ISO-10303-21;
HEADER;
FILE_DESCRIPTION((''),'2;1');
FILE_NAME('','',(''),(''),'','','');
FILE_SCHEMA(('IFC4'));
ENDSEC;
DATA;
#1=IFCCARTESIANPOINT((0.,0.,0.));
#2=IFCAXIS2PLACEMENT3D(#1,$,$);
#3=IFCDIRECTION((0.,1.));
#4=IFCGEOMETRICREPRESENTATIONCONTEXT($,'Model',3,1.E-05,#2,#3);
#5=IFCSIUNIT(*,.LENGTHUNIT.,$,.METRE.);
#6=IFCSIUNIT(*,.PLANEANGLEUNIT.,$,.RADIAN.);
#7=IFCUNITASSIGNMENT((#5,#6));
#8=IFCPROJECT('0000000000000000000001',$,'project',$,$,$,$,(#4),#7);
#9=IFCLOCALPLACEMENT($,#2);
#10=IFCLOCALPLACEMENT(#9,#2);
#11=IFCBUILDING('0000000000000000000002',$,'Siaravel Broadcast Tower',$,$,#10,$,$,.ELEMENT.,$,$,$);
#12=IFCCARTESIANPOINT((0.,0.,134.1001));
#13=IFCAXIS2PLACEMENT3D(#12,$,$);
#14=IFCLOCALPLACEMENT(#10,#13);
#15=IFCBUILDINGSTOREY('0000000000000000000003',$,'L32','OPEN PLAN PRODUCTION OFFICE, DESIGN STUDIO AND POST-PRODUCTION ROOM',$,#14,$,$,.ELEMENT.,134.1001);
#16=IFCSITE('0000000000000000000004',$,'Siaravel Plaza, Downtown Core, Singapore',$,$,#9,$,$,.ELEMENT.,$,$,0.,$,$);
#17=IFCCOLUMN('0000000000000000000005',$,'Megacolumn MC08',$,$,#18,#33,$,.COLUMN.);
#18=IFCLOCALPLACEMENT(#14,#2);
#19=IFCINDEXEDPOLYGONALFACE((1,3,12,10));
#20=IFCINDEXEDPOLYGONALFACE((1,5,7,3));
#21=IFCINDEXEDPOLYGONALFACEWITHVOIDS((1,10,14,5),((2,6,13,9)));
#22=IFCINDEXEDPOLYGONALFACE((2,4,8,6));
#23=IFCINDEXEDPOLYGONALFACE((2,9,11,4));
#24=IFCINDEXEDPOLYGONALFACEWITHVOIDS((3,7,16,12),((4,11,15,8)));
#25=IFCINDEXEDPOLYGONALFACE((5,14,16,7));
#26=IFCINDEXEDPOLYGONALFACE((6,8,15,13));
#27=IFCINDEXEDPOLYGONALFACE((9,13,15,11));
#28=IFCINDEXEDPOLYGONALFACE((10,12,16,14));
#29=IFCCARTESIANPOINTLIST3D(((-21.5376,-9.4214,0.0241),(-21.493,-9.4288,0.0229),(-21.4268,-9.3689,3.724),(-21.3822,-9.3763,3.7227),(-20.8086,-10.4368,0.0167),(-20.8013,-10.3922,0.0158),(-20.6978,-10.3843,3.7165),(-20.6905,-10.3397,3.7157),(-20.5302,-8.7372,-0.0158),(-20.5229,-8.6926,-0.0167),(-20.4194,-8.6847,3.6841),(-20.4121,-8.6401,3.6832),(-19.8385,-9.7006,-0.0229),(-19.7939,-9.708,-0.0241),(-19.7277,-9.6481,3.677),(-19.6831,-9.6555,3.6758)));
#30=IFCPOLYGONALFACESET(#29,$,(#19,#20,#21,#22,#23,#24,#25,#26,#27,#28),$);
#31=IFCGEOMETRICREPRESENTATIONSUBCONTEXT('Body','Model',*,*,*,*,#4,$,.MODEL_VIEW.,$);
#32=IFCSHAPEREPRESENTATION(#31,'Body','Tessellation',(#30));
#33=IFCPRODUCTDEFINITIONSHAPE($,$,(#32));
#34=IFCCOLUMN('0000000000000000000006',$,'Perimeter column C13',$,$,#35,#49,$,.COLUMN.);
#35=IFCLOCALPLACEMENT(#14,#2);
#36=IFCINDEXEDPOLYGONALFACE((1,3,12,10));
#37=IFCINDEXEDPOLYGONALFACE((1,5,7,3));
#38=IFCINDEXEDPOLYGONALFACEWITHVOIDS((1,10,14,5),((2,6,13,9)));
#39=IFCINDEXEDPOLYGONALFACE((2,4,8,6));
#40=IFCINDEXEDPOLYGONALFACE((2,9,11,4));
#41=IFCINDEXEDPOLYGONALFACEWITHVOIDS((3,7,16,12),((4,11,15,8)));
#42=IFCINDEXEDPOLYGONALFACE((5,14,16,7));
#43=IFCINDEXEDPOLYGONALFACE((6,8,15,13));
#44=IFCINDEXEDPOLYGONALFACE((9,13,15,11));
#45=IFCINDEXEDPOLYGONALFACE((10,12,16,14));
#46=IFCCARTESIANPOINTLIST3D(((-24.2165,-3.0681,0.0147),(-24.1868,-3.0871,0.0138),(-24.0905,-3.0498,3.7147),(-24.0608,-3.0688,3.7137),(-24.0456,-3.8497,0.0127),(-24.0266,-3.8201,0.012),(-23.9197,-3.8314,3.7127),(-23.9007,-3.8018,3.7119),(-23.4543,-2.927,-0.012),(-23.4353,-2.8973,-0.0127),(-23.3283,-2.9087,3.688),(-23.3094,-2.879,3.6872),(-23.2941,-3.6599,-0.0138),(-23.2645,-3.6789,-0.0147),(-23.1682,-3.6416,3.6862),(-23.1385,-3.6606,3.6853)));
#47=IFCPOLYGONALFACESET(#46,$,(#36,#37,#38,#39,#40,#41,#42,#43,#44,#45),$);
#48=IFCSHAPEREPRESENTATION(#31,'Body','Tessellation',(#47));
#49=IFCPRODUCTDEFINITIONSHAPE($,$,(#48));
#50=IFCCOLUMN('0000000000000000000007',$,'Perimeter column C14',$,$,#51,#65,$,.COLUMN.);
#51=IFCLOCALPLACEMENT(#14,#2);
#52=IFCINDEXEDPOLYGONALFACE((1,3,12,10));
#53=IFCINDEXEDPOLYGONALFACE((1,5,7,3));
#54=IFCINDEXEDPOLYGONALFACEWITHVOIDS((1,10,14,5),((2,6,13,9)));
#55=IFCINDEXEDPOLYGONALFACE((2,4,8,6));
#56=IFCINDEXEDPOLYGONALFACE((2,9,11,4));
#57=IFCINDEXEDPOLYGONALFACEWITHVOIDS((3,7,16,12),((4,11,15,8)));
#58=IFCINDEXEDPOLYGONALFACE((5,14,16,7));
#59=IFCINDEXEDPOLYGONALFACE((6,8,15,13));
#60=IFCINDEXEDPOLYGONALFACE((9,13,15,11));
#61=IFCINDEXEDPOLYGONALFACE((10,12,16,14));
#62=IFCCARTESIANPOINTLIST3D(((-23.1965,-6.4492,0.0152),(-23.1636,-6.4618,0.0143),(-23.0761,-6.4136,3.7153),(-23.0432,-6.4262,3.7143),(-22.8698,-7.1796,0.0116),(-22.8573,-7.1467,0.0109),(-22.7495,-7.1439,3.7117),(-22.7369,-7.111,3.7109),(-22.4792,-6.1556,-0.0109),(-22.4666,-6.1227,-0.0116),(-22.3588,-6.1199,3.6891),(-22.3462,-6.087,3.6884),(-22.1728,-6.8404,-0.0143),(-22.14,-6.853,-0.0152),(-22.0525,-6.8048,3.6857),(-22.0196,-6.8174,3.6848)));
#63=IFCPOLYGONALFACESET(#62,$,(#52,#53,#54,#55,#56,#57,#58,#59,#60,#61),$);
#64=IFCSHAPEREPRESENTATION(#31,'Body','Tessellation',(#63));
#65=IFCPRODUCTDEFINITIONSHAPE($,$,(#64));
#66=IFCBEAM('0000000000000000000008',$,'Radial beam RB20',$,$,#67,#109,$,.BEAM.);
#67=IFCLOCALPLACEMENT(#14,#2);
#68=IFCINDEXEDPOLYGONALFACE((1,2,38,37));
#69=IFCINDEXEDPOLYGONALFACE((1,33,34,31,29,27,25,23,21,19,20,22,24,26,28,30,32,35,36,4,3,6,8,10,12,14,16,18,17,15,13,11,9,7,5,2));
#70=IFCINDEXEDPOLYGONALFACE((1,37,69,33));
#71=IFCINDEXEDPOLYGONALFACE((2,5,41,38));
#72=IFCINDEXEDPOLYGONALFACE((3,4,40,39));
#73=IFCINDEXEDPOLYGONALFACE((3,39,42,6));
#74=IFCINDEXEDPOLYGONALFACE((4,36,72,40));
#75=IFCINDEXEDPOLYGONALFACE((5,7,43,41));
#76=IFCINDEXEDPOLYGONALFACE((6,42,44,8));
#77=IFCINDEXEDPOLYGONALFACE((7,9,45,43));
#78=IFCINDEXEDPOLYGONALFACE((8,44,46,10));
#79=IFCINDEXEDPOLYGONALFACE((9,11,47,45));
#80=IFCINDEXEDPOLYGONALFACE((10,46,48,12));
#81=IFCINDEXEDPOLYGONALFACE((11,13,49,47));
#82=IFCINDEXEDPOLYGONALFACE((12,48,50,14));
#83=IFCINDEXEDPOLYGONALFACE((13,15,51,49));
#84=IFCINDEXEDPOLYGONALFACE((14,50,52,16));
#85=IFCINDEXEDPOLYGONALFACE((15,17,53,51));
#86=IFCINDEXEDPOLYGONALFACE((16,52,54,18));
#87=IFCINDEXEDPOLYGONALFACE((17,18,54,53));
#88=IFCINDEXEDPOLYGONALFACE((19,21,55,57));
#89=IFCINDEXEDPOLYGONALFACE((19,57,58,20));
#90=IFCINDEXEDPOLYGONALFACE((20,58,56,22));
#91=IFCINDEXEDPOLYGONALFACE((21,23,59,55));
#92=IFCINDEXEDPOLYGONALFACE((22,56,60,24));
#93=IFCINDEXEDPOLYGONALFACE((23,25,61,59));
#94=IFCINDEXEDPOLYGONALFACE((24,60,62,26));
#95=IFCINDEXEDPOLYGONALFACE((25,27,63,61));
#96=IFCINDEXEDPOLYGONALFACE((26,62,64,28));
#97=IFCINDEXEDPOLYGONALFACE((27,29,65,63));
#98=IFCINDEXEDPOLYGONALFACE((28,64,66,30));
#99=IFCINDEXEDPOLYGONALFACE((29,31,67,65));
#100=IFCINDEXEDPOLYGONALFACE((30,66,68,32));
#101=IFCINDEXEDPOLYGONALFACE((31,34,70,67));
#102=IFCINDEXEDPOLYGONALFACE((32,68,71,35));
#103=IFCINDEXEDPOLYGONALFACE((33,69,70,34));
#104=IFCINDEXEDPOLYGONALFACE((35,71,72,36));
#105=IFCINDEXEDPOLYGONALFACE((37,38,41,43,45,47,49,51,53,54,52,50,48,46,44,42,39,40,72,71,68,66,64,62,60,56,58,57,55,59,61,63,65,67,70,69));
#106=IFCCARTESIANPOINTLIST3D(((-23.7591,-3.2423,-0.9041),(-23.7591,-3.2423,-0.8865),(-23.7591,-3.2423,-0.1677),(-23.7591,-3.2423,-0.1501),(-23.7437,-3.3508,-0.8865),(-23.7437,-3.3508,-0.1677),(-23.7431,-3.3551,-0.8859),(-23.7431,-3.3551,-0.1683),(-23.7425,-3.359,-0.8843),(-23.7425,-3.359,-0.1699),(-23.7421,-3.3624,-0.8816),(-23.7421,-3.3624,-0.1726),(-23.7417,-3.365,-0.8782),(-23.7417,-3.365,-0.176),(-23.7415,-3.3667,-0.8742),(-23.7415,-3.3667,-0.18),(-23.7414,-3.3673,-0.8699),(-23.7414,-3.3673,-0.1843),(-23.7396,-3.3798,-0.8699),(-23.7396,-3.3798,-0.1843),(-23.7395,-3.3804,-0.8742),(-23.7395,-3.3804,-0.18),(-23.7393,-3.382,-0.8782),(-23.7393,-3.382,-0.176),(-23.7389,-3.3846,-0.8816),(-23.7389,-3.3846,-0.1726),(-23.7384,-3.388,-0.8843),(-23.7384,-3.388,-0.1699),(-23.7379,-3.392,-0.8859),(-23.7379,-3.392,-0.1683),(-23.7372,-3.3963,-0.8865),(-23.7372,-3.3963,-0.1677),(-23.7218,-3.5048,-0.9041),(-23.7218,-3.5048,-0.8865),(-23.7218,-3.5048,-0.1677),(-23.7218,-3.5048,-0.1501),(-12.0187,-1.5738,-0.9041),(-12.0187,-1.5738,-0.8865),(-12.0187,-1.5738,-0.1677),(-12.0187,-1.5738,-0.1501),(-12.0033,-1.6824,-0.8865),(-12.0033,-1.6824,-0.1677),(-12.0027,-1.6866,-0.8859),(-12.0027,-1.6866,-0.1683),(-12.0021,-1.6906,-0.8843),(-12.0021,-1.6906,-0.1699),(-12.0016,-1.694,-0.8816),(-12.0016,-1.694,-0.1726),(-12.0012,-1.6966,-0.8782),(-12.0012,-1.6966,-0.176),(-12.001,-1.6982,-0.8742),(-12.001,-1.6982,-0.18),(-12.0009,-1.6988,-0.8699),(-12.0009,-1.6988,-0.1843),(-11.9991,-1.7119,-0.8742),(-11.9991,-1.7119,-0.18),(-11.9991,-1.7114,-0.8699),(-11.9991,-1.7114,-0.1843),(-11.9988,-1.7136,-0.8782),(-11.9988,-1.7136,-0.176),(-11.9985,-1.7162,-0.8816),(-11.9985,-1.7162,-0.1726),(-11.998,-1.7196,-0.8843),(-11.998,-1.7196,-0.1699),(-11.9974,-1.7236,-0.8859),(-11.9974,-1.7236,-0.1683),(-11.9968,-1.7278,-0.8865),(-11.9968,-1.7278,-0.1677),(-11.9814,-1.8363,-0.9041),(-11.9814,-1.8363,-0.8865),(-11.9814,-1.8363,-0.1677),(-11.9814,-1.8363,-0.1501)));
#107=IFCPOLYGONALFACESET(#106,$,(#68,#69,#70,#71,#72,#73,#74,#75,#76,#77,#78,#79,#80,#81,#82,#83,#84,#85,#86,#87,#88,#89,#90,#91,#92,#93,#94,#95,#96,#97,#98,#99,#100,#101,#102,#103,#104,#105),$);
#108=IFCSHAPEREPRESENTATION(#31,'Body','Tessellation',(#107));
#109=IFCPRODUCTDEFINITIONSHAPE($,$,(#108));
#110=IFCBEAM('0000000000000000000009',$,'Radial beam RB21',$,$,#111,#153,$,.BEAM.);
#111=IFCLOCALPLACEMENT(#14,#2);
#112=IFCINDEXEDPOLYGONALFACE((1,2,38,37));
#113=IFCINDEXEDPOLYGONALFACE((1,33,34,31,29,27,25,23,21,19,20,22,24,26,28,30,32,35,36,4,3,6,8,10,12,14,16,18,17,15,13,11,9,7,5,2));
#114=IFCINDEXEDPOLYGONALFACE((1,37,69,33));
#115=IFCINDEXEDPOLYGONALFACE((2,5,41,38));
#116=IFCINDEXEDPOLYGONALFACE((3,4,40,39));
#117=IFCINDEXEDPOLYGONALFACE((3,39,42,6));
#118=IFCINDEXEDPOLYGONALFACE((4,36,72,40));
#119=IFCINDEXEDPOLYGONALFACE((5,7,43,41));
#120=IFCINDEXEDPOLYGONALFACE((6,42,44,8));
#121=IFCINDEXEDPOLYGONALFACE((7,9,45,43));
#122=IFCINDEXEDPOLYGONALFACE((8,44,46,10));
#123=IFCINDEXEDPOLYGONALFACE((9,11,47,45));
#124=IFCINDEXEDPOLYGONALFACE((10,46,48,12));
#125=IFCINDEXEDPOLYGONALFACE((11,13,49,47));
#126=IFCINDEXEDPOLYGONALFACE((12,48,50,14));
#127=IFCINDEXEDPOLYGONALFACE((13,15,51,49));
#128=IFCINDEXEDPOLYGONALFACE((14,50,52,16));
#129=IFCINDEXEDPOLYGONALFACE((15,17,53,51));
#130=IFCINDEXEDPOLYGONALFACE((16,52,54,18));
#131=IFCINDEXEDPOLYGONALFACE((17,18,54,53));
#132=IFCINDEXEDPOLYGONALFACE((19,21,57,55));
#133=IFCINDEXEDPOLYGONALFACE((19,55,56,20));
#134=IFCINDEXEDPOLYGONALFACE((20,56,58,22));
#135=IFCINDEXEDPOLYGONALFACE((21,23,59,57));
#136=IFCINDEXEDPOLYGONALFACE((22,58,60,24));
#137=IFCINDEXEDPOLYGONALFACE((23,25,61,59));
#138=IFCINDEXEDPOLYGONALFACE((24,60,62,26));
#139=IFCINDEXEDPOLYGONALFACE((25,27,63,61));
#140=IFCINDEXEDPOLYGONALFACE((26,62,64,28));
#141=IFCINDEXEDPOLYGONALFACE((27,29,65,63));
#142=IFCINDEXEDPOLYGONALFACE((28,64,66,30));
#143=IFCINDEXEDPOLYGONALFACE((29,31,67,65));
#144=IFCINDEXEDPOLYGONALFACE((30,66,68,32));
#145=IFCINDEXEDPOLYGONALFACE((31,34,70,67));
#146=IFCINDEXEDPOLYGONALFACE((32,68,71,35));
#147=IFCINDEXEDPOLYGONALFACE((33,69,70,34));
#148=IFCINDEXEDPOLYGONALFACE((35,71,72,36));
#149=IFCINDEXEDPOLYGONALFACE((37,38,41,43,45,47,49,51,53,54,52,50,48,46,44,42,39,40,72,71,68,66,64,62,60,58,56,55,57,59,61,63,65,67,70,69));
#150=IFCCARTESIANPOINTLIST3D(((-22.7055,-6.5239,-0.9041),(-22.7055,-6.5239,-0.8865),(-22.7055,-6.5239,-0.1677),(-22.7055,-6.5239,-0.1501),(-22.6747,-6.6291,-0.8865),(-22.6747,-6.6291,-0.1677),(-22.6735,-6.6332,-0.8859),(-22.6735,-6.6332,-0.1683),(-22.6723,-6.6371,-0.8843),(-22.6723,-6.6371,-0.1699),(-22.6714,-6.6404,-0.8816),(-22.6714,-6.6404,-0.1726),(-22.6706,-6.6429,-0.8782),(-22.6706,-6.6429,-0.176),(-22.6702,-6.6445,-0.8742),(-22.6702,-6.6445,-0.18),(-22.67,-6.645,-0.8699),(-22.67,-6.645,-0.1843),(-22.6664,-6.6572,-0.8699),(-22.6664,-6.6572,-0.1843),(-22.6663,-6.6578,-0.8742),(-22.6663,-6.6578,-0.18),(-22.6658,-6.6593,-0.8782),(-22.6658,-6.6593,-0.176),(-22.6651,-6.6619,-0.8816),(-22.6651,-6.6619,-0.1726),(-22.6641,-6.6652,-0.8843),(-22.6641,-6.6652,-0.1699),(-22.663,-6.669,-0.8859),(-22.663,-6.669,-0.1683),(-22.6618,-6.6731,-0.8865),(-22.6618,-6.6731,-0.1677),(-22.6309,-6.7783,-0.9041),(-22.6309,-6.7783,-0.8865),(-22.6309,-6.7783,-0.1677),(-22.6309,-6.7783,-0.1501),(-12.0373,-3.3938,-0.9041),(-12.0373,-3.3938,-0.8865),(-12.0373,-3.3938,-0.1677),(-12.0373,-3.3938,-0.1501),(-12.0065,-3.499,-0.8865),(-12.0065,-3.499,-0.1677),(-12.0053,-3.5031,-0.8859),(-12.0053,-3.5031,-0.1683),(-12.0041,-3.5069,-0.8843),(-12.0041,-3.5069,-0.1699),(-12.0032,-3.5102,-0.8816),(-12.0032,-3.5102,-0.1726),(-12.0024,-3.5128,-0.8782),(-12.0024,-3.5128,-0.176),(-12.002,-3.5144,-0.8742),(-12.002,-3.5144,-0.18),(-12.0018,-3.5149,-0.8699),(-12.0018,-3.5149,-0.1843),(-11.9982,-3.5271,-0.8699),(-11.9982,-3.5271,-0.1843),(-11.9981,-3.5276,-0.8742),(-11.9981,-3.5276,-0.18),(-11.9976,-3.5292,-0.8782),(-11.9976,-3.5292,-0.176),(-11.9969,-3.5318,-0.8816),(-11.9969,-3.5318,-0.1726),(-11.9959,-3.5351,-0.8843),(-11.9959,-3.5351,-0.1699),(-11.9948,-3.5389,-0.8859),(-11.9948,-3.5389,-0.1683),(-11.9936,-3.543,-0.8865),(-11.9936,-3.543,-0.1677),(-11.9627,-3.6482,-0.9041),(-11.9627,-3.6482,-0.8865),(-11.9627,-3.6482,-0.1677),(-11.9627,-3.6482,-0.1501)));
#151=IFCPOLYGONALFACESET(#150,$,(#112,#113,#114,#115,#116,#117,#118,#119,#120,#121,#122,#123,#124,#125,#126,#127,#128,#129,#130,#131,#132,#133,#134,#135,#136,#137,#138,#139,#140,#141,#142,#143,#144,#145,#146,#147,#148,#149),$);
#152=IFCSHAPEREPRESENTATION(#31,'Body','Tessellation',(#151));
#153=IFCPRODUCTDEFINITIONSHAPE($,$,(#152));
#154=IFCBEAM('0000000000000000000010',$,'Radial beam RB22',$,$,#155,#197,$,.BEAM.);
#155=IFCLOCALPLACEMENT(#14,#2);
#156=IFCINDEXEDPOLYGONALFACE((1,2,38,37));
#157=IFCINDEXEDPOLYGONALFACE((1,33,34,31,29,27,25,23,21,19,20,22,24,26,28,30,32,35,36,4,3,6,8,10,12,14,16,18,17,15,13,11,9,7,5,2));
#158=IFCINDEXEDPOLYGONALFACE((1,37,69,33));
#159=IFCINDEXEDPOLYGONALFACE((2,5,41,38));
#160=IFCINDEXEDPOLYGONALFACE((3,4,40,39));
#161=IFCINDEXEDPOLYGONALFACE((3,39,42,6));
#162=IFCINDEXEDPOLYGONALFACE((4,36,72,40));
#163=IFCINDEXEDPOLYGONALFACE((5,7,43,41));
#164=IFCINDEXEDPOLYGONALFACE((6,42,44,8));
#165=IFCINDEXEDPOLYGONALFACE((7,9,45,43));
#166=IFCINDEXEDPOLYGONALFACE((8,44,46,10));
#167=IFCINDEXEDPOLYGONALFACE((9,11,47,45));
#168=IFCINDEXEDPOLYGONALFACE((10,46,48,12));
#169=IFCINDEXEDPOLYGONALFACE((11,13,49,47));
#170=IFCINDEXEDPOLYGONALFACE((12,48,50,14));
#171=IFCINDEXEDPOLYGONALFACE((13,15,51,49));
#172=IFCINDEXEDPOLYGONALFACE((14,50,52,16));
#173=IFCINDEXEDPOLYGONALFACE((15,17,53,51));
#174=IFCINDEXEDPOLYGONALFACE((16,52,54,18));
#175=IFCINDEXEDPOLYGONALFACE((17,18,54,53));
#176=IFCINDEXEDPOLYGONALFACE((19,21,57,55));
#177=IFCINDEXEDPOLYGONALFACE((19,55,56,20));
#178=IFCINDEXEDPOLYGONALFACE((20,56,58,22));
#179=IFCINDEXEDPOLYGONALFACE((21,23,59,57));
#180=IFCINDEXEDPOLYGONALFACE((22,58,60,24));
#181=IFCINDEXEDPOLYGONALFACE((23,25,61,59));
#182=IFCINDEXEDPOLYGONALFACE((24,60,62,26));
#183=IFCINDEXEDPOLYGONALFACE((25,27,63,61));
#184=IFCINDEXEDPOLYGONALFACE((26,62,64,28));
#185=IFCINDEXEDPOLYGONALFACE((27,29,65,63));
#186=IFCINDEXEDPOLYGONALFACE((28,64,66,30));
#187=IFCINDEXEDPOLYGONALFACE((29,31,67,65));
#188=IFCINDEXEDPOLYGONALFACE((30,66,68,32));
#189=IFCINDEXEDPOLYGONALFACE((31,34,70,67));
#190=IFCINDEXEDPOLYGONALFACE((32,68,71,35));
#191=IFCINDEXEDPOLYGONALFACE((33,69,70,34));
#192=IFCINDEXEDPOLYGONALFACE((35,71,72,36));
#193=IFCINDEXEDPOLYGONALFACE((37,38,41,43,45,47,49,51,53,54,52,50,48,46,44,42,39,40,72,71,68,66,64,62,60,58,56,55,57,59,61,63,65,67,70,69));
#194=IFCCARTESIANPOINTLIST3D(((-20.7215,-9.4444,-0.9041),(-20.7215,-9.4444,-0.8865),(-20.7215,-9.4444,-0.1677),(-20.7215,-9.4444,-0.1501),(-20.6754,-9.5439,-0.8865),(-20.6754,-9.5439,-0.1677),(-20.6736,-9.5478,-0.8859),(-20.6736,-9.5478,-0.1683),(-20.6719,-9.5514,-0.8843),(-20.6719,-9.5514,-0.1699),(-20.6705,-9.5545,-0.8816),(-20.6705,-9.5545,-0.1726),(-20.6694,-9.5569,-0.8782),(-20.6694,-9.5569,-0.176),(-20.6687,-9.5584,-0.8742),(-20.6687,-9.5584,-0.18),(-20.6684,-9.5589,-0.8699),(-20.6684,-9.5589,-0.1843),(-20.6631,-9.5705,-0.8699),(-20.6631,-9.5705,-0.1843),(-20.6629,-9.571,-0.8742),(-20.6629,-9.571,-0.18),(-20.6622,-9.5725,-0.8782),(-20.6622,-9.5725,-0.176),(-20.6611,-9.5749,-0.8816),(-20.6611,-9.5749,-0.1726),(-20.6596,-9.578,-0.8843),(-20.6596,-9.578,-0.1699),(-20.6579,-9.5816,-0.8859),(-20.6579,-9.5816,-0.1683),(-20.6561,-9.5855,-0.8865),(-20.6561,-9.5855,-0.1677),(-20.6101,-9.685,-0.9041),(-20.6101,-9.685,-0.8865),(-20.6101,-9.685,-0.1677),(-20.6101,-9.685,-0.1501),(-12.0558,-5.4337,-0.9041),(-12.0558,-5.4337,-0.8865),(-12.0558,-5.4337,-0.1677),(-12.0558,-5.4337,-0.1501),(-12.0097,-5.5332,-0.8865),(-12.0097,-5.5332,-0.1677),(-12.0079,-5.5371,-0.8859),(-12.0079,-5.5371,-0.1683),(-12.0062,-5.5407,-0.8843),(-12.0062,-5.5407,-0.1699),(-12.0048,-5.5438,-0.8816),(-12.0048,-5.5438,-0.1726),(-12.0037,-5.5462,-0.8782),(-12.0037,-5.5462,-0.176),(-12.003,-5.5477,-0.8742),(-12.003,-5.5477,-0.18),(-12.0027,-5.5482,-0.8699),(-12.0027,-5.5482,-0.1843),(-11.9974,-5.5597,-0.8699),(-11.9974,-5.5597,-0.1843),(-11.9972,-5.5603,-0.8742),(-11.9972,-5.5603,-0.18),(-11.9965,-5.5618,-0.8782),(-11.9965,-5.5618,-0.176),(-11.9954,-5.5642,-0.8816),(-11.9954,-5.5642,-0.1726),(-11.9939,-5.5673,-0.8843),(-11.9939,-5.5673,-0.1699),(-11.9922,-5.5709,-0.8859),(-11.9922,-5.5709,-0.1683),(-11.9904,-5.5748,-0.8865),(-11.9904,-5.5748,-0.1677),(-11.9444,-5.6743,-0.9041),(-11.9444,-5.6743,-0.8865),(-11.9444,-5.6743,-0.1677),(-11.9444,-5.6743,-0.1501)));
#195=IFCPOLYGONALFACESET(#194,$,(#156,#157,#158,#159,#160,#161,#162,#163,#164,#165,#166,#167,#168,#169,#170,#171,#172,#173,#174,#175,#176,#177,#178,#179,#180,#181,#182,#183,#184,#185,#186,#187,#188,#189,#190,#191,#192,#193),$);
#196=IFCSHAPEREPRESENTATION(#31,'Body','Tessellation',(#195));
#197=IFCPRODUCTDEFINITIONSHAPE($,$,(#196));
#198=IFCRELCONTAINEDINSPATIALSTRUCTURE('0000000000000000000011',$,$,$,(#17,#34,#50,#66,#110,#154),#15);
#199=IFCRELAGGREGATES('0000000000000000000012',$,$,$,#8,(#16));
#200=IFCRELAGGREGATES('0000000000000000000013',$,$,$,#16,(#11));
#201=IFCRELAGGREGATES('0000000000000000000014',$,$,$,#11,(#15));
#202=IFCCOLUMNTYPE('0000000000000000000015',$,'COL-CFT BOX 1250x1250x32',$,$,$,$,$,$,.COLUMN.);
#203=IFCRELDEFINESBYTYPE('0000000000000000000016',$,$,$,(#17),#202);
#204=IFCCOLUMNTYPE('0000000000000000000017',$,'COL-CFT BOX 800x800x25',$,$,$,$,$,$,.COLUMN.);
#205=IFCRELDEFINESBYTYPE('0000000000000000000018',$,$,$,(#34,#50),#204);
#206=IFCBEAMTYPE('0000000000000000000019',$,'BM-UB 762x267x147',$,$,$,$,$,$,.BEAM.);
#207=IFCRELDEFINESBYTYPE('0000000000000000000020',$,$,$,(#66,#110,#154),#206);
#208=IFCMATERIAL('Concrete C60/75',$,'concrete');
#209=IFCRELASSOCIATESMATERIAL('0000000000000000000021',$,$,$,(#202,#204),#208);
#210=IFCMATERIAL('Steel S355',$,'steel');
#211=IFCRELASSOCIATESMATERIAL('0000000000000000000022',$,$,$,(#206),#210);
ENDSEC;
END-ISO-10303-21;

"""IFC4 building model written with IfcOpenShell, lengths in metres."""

from ifc_helpers import new_model, si_unit, direction, frame, origin, origin_2d, place, context, subcontext, project, spatial, hollow_rectangle, i_section, extrude, material, material_profile, profile_set, type_object, element, save


model = new_model("IFC4")

# Units and contexts
model_context = context("Model", 3, precision=1e-05, world=origin(), true_north=direction((0.0, 1.0)))
body_context = subcontext(model_context, "Body", "Model", "MODEL_VIEW")
ifc_project = project(units=[si_unit("LENGTHUNIT", "METRE"), si_unit("PLANEANGLEUNIT", "RADIAN")], contexts=[model_context])

# Site, building, storey
site_placement = place(None, origin())
site = spatial("IfcSite", under=ifc_project, at=site_placement, Name="Siaravel Plaza, Downtown Core, Singapore", CompositionType="ELEMENT", RefElevation=0.0)
building_placement = place(site_placement, origin())
building = spatial("IfcBuilding", under=site, at=building_placement, Name="Siaravel Broadcast Tower", CompositionType="ELEMENT")
storey_placement = place(building_placement, frame((0.0, 0.0, 134.1001)))
storey = spatial("IfcBuildingStorey", under=building, at=storey_placement, Name="L32", Description="OPEN PLAN PRODUCTION OFFICE, DESIGN STUDIO AND POST-PRODUCTION ROOM", CompositionType="ELEMENT", Elevation=134.1001)

# Columns
ifc_material_1 = material(Name="Concrete C60/75", Category="concrete")
ifc_material_profile_1 = material_profile(ifc_material_1, hollow_rectangle(XDim=1.25, YDim=1.25, WallThickness=0.032, at=origin_2d()))
ifc_profile_set_1 = profile_set([ifc_material_profile_1], Name="Concrete C60/75")
column_type_1 = type_object("IfcColumnType", Name="COL-CFT BOX 1250x1250x32", PredefinedType="COLUMN", material=ifc_profile_set_1)
column_placement = place(storey_placement, frame((-20.6658, -9.5647, 0.0), z_axis=(0.029941, 0.014179, 0.999451), x_axis=(-0.583208, 0.812301, 0.005947)))
element("IfcColumn", 1, at=column_placement, inside=storey, type_object=column_type_1, Name="Megacolumn MC08", PredefinedType="COLUMN", context=body_context, shape_type="SweptSolid", body=[
    extrude(hollow_rectangle(XDim=1.25, YDim=1.25, WallThickness=0.032, at=origin_2d()), origin(), (0.0, 0.0, 1.0), 3.7019),
])
ifc_material_profile_2 = material_profile(ifc_material_1, hollow_rectangle(XDim=0.8, YDim=0.8, WallThickness=0.0249, at=origin_2d()))
ifc_profile_set_2 = profile_set([ifc_material_profile_2], Name="Concrete C60/75")
column_type_2 = type_object("IfcColumnType", Name="COL-CFT BOX 800x800x25", PredefinedType="COLUMN", material=ifc_profile_set_2)
for number, where, z_axis, x_axis, name in (
    (2, (-23.7405, -3.3735, 0.0), (0.034028, 0.004946, 0.999409), (-0.213517, 0.976936, 0.002435), "Perimeter column C13"),
    (3, (-22.6682, -6.6511, 0.0), (0.032512, 0.009628, 0.999425), (-0.408281, 0.912845, 0.004487), "Perimeter column C14"),
):
    element("IfcColumn", number, at=place(storey_placement, frame(where, z_axis=z_axis, x_axis=x_axis)), inside=storey, type_object=column_type_2, Name=name, PredefinedType="COLUMN", context=body_context, shape_type="SweptSolid", body=[
        extrude(hollow_rectangle(XDim=0.8, YDim=0.8, WallThickness=0.0249, at=origin_2d()), origin(), (0.0, 0.0, 1.0), 3.7021),
    ])

# Beams
ifc_material_2 = material(Name="Steel S355", Category="steel")
ifc_material_profile_3 = material_profile(ifc_material_2, i_section(OverallWidth=0.2651, OverallDepth=0.7539, WebThickness=0.0127, FlangeThickness=0.0176, FilletRadius=0.0166, at=origin_2d()))
ifc_profile_set_3 = profile_set([ifc_material_profile_3], Name="Steel S355")
beam_type = type_object("IfcBeamType", Name="BM-UB 762x267x147", PredefinedType="BEAM", material=ifc_profile_set_3)
beam_1_placement = place(storey_placement, frame((-23.7405, -3.3735, -0.5271), z_axis=(0.990053, 0.140698, 0.0), x_axis=(-0.140698, 0.990053, 0.0)))
element("IfcBeam", 4, at=beam_1_placement, inside=storey, type_object=beam_type, Name="Radial beam RB20", PredefinedType="BEAM", context=body_context, shape_type="SweptSolid", body=[
    extrude(i_section(OverallWidth=0.2651, OverallDepth=0.7539, WebThickness=0.0127, FlangeThickness=0.0176, FilletRadius=0.0166, at=origin_2d()), origin(), (0.0, 0.0, 1.0), 11.8584),
])
beam_2_placement = place(storey_placement, frame((-22.6682, -6.6511, -0.5271), z_axis=(0.95955, 0.281539, 0.0), x_axis=(-0.281539, 0.95955, 0.0)))
element("IfcBeam", 5, at=beam_2_placement, inside=storey, type_object=beam_type, Name="Radial beam RB21", PredefinedType="BEAM", context=body_context, shape_type="SweptSolid", body=[
    extrude(i_section(OverallWidth=0.2651, OverallDepth=0.7539, WebThickness=0.0127, FlangeThickness=0.0176, FilletRadius=0.0166, at=origin_2d()), origin(), (0.0, 0.0, 1.0), 11.1179),
])
beam_3_placement = place(storey_placement, frame((-20.6658, -9.5647, -0.5271), z_axis=(0.907514, 0.420021, 0.0), x_axis=(-0.420021, 0.907514, 0.0)))
element("IfcBeam", 6, at=beam_3_placement, inside=storey, type_object=beam_type, Name="Radial beam RB22", PredefinedType="BEAM", context=body_context, shape_type="SweptSolid", body=[
    extrude(i_section(OverallWidth=0.2651, OverallDepth=0.7539, WebThickness=0.0127, FlangeThickness=0.0176, FilletRadius=0.0166, at=origin_2d()), origin(), (0.0, 0.0, 1.0), 9.5488),
])

save(model, "model.ifc")
